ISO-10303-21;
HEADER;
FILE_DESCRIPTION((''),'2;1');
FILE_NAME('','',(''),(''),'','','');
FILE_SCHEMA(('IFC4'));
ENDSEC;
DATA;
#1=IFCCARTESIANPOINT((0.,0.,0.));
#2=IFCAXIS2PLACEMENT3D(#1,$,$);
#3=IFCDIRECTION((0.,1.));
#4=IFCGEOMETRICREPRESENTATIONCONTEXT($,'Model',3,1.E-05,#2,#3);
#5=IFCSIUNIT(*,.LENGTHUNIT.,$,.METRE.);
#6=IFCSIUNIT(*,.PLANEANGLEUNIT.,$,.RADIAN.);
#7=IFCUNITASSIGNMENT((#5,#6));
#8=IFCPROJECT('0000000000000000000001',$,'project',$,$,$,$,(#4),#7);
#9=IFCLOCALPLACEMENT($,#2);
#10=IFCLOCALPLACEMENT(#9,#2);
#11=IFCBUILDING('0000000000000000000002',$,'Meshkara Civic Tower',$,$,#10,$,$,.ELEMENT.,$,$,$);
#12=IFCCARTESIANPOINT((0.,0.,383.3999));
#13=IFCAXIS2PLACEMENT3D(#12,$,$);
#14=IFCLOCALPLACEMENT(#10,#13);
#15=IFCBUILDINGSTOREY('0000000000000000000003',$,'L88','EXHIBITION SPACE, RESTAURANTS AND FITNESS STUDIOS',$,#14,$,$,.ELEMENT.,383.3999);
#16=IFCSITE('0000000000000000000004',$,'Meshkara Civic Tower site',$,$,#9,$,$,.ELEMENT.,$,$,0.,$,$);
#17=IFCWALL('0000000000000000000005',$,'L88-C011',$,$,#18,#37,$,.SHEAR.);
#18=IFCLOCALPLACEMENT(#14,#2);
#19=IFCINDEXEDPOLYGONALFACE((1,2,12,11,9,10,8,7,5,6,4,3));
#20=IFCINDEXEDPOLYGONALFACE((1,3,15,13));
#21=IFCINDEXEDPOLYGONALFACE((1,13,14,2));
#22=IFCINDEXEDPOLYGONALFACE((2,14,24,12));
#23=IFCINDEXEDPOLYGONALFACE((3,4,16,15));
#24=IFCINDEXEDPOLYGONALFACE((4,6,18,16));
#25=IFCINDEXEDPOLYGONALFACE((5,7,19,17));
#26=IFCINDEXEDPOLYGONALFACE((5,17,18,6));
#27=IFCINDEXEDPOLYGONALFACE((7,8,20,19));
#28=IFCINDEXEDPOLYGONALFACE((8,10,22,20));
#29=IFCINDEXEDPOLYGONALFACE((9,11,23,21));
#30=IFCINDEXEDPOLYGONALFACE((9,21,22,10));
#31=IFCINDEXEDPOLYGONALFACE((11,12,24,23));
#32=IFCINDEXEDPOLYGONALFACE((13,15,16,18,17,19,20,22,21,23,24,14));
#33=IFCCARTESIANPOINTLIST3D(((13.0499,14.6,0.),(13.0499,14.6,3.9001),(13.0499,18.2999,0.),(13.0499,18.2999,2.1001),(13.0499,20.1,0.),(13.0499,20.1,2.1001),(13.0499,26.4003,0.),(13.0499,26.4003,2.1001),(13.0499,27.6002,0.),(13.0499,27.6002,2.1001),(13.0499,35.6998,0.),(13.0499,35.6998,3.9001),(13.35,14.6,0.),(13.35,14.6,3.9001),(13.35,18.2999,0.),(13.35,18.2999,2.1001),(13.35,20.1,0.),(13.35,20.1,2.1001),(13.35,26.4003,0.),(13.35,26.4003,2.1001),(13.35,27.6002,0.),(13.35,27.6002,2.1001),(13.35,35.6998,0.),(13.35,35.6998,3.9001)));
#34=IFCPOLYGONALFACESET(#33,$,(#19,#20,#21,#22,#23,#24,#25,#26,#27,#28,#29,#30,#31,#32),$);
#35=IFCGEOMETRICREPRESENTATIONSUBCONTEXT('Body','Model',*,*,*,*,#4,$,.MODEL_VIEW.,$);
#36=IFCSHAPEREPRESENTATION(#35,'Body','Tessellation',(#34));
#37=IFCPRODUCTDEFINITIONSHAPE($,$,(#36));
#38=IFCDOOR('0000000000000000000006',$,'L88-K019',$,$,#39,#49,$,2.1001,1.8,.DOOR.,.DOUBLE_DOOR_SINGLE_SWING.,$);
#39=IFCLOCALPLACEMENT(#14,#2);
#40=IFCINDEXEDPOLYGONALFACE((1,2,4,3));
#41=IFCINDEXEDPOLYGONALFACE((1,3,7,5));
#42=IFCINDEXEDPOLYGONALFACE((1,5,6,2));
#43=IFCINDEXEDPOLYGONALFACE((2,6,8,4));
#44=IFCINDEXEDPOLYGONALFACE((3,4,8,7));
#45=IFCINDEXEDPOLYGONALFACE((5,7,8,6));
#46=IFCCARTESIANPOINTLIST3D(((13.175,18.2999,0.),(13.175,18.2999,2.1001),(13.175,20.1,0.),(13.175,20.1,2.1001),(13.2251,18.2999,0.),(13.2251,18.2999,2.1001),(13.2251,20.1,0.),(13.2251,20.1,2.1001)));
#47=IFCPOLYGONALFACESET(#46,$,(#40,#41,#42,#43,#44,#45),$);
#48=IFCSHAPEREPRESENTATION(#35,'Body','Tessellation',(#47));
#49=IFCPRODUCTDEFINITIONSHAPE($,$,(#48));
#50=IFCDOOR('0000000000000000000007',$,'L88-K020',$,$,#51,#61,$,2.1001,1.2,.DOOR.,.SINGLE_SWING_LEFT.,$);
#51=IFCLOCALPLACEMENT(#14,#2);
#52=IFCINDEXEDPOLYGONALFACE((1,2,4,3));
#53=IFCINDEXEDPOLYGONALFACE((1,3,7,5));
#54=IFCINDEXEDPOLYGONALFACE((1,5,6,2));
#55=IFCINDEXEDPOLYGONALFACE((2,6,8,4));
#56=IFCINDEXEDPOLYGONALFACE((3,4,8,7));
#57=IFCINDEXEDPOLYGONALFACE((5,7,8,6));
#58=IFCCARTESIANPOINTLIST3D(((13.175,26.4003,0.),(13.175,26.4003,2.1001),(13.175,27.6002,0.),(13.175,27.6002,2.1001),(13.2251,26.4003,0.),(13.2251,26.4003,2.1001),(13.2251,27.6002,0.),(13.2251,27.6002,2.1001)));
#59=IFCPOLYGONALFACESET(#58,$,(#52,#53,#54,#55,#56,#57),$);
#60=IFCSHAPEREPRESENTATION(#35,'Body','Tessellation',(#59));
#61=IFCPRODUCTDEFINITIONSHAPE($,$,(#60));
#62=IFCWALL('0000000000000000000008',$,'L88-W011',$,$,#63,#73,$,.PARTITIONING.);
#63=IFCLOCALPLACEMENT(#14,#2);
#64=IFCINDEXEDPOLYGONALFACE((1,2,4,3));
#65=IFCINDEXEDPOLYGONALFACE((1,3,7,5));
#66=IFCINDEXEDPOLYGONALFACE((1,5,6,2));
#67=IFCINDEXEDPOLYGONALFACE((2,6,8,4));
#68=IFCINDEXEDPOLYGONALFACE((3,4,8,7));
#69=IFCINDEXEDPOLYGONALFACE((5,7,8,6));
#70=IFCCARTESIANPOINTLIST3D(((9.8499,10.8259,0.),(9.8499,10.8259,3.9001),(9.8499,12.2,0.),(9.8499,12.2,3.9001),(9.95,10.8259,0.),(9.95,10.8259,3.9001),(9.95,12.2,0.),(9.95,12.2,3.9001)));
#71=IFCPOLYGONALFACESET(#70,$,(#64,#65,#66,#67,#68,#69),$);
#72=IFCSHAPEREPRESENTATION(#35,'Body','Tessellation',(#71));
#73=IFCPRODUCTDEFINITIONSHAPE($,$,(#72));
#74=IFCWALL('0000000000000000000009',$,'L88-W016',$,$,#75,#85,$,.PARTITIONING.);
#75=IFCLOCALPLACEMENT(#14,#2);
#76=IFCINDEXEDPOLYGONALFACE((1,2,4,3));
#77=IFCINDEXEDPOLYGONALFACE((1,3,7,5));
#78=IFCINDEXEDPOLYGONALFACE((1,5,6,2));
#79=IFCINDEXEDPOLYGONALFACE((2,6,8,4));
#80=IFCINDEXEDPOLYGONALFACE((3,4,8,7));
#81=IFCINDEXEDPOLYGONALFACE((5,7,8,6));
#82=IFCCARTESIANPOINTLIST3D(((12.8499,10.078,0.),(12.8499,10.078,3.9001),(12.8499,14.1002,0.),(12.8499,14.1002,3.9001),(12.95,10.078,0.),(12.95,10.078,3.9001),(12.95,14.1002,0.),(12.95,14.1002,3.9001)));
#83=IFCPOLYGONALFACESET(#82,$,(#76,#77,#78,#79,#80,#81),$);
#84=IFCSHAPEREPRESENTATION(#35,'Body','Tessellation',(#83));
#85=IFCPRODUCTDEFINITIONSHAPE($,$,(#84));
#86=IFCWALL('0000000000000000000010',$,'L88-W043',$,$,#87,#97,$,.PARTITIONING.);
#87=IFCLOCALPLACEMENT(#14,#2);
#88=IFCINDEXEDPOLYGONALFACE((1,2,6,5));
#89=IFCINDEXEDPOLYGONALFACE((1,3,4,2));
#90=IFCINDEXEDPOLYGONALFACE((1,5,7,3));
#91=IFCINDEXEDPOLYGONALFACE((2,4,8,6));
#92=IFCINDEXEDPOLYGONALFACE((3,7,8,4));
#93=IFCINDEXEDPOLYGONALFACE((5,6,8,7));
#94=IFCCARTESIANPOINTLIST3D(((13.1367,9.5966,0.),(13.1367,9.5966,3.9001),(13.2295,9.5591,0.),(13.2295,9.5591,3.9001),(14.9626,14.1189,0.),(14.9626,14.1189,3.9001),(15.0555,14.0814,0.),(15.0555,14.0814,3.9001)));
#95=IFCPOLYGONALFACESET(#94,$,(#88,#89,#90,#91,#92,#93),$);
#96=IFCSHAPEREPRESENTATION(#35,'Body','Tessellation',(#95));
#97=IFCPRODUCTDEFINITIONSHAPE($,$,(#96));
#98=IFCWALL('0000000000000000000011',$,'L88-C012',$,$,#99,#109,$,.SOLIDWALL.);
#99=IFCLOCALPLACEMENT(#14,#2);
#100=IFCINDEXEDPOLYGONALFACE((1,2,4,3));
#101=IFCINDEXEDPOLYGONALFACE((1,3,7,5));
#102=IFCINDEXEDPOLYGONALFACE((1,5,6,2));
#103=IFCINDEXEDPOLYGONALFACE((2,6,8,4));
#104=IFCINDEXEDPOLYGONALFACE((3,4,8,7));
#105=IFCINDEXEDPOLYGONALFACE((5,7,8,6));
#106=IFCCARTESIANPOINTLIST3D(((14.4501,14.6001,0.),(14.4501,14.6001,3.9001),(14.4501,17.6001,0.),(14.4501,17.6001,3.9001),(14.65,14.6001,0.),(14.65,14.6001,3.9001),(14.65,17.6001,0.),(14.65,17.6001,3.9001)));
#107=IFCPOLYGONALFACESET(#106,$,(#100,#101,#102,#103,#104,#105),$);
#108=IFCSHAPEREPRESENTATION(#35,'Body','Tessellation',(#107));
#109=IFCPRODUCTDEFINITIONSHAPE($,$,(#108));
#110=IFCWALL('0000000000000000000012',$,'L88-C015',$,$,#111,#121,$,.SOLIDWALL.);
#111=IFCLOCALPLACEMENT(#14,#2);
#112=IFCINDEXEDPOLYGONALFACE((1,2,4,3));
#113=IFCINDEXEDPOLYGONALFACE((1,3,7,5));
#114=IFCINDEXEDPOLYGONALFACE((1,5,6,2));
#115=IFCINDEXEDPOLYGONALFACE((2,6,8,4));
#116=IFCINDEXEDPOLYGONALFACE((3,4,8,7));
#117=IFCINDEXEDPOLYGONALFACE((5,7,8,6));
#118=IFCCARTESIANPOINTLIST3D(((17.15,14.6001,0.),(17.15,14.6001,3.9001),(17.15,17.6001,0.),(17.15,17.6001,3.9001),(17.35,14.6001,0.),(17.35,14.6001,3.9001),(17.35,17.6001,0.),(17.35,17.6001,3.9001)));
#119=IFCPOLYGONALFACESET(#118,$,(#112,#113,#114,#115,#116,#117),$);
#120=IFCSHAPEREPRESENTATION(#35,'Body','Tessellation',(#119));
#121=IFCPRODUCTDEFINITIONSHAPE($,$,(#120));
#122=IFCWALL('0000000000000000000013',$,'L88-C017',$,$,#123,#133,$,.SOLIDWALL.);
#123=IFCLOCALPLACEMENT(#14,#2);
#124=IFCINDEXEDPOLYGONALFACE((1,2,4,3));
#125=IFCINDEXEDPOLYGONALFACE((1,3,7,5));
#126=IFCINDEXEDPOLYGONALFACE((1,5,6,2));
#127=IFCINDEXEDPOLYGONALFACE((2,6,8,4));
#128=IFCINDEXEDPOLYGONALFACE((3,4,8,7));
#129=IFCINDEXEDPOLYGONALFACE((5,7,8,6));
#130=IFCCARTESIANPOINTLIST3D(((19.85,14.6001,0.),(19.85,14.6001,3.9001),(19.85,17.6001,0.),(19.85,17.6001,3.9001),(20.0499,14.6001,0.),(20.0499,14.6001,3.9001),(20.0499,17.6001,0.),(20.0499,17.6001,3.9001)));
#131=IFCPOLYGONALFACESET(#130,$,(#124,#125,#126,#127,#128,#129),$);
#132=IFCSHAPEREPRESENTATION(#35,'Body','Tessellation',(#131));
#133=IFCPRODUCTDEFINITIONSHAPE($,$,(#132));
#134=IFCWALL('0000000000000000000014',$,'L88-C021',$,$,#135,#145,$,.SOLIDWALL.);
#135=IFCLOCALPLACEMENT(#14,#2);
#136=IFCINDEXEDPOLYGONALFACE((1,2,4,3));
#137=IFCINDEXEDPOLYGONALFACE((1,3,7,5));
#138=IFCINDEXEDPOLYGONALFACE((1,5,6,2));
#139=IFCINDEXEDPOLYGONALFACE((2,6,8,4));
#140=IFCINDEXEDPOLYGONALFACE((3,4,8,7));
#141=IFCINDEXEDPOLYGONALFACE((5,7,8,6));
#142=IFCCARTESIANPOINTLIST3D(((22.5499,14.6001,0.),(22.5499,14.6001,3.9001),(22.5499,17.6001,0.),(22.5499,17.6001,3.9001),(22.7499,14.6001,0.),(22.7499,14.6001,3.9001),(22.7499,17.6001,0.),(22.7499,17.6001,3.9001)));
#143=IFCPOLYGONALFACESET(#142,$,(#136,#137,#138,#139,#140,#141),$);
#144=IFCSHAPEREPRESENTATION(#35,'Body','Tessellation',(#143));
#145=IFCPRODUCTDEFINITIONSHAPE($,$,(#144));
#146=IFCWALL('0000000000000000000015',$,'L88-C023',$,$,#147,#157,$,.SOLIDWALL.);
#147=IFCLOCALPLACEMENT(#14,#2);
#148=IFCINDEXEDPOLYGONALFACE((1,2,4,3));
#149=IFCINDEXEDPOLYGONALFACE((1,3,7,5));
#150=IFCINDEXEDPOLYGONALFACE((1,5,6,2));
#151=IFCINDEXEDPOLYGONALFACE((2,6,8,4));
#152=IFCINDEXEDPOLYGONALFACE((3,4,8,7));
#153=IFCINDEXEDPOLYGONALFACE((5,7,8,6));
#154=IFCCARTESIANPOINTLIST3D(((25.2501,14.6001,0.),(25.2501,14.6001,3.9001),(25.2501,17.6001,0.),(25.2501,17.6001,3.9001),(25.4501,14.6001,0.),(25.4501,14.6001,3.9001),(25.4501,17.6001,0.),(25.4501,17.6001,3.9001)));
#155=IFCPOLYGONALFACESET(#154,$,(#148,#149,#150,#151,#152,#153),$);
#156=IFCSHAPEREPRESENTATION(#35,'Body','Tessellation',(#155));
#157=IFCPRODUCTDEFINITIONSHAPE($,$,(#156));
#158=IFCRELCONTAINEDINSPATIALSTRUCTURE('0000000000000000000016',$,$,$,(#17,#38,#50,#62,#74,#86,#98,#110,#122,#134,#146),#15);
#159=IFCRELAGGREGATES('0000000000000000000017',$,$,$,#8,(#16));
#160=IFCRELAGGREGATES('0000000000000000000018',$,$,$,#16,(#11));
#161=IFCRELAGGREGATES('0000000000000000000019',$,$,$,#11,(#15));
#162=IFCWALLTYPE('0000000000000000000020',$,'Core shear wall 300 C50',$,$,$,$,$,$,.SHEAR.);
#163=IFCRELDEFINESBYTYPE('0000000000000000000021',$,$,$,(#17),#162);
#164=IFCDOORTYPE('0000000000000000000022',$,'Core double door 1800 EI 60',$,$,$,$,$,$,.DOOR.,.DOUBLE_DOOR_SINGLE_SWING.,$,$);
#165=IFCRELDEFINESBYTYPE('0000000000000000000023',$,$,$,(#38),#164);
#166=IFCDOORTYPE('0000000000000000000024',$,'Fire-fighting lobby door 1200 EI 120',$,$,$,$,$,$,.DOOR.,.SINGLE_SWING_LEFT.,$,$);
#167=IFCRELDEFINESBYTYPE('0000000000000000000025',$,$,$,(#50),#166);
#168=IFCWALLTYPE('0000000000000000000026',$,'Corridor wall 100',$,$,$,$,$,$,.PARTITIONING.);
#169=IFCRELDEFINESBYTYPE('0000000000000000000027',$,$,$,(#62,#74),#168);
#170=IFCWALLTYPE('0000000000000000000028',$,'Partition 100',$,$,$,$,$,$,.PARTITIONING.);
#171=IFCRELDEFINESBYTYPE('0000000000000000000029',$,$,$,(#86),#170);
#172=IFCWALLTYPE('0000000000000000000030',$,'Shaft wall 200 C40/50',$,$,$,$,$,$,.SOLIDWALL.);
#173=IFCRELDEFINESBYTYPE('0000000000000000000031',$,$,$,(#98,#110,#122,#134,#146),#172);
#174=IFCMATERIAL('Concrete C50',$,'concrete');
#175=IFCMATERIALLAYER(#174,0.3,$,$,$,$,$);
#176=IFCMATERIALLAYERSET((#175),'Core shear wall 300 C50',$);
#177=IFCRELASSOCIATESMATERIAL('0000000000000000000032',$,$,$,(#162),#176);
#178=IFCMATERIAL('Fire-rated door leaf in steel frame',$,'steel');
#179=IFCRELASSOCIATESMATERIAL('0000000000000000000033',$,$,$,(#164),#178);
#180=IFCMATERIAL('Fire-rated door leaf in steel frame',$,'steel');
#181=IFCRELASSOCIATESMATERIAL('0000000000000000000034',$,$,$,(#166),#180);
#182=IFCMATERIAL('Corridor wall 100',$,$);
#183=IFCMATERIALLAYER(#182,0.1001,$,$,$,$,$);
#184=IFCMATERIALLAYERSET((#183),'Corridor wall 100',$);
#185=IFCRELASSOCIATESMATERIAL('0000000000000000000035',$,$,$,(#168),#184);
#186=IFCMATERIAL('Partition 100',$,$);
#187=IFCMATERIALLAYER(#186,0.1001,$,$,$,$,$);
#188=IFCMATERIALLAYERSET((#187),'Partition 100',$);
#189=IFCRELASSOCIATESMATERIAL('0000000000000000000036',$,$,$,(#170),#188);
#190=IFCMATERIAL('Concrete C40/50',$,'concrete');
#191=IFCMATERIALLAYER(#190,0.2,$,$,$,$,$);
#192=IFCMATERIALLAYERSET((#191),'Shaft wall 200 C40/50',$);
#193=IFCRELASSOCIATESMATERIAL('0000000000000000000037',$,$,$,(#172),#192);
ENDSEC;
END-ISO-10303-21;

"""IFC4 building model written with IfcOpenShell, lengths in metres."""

from ifc_helpers import new_model, si_unit, direction, frame, frame_2d, origin, place, context, subcontext, project, spatial, rectangle, extrude, material, layer, layer_set, type_object, element, fill, save


model = new_model("IFC4")

# Units and contexts
model_context = context("Model", 3, precision=1e-05, world=origin(), true_north=direction((0.0, 1.0)))
body_context = subcontext(model_context, "Body", "Model", "MODEL_VIEW")
ifc_project = project(units=[si_unit("LENGTHUNIT", "METRE"), si_unit("PLANEANGLEUNIT", "RADIAN")], contexts=[model_context])

# Site, building, storey
site_placement = place(None, origin())
site = spatial("IfcSite", under=ifc_project, at=site_placement, Name="Meshkara Civic Tower site", CompositionType="ELEMENT", RefElevation=0.0)
building_placement = place(site_placement, origin())
building = spatial("IfcBuilding", under=site, at=building_placement, Name="Meshkara Civic Tower", CompositionType="ELEMENT")
storey_placement = place(building_placement, frame((0.0, 0.0, 383.3999)))
storey = spatial("IfcBuildingStorey", under=building, at=storey_placement, Name="L88", Description="EXHIBITION SPACE, RESTAURANTS AND FITNESS STUDIOS", CompositionType="ELEMENT", Elevation=383.3999)

# Wall, openings, doors
ifc_material_1 = material(Name="Concrete C50", Category="concrete")
ifc_layer_1 = layer(ifc_material_1, 0.3)
ifc_layer_set_1 = layer_set([ifc_layer_1], Name="Core shear wall 300 C50")
wall_type_1 = type_object("IfcWallType", Name="Core shear wall 300 C50", PredefinedType="SHEAR", material=ifc_layer_set_1)
wall_1_placement = place(storey_placement, frame((13.2, 14.6001, 0.0), z_axis=(0.0, 0.0, 1.0), x_axis=(0.0, 1.0, 0.0)))
wall_1 = element("IfcWall", 1, at=wall_1_placement, inside=storey, type_object=wall_type_1, Name="L88-C011", PredefinedType="SHEAR", context=body_context, shape_type="SweptSolid", body=[
    extrude(rectangle(XDim=21.0999, YDim=0.3, at=frame_2d((10.5498, 0.0))), origin(), (0.0, 0.0, 1.0), 3.9001),
])
opening_1_placement = place(wall_1_placement, frame((3.7, 0.0, 0.0)))
opening_1 = element("IfcOpeningElement", 2, at=opening_1_placement, cuts=wall_1, PredefinedType="OPENING", context=body_context, shape_type="SweptSolid", body=[
    extrude(rectangle(XDim=1.8, YDim=2.1001, at=frame_2d((0.8999, 1.05))), frame((0.0, 0.1599, 0.0), z_axis=(0.0, -1.0, 0.0), x_axis=(1.0, 0.0, 0.0)), (0.0, 0.0, 1.0), 0.3201),
])
opening_2_placement = place(wall_1_placement, frame((11.8, 0.0, 0.0)))
opening_2 = element("IfcOpeningElement", 3, at=opening_2_placement, cuts=wall_1, PredefinedType="OPENING", context=body_context, shape_type="SweptSolid", body=[
    extrude(rectangle(XDim=1.2, YDim=2.1001, at=frame_2d((0.6001, 1.05))), frame((0.0, 0.1599, 0.0), z_axis=(0.0, -1.0, 0.0), x_axis=(1.0, 0.0, 0.0)), (0.0, 0.0, 1.0), 0.3201),
])
ifc_material_2 = material(Name="Fire-rated door leaf in steel frame", Category="steel")
door_type_1 = type_object("IfcDoorType", Name="Core double door 1800 EI 60", OperationType="DOUBLE_DOOR_SINGLE_SWING", PredefinedType="DOOR", material=ifc_material_2)
door_1_placement = place(opening_1_placement, origin())
door_1 = element("IfcDoor", 4, at=door_1_placement, inside=storey, type_object=door_type_1, Name="L88-K019", OperationType="DOUBLE_DOOR_SINGLE_SWING", OverallHeight=2.1001, OverallWidth=1.8, PredefinedType="DOOR", context=body_context, shape_type="SweptSolid", body=[
    extrude(rectangle(XDim=1.8, YDim=2.1001, at=frame_2d((0.8999, 1.05))), frame((0.0, 0.0249, 0.0), z_axis=(0.0, -1.0, 0.0), x_axis=(1.0, 0.0, 0.0)), (0.0, 0.0, 1.0), 0.05),
])
fill(opening_1, door_1)
ifc_material_3 = material(Name="Fire-rated door leaf in steel frame", Category="steel")
door_type_2 = type_object("IfcDoorType", Name="Fire-fighting lobby door 1200 EI 120", OperationType="SINGLE_SWING_LEFT", PredefinedType="DOOR", material=ifc_material_3)
door_2_placement = place(opening_2_placement, origin())
door_2 = element("IfcDoor", 5, at=door_2_placement, inside=storey, type_object=door_type_2, Name="L88-K020", OperationType="SINGLE_SWING_LEFT", OverallHeight=2.1001, OverallWidth=1.2, PredefinedType="DOOR", context=body_context, shape_type="SweptSolid", body=[
    extrude(rectangle(XDim=1.2, YDim=2.1001, at=frame_2d((0.6001, 1.05))), frame((0.0, 0.0249, 0.0), z_axis=(0.0, -1.0, 0.0), x_axis=(1.0, 0.0, 0.0)), (0.0, 0.0, 1.0), 0.05),
])
fill(opening_2, door_2)

# Walls
ifc_material_4 = material(Name="Corridor wall 100")
ifc_layer_2 = layer(ifc_material_4, 0.1001)
ifc_layer_set_2 = layer_set([ifc_layer_2], Name="Corridor wall 100")
wall_type_2 = type_object("IfcWallType", Name="Corridor wall 100", PredefinedType="PARTITIONING", material=ifc_layer_set_2)
wall_2_placement = place(storey_placement, frame((9.8999, 12.2, 0.0), z_axis=(0.0, 0.0, 1.0), x_axis=(0.0, -1.0, 0.0)))
element("IfcWall", 6, at=wall_2_placement, inside=storey, type_object=wall_type_2, Name="L88-W011", PredefinedType="PARTITIONING", context=body_context, shape_type="SweptSolid", body=[
    extrude(rectangle(XDim=1.374, YDim=0.1001, at=frame_2d((0.687, 0.0))), origin(), (0.0, 0.0, 1.0), 3.9001),
])
wall_3_placement = place(storey_placement, frame((12.8999, 10.0779, 0.0), z_axis=(0.0, 0.0, 1.0), x_axis=(0.0, 1.0, 0.0)))
element("IfcWall", 7, at=wall_3_placement, inside=storey, type_object=wall_type_2, Name="L88-W016", PredefinedType="PARTITIONING", context=body_context, shape_type="SweptSolid", body=[
    extrude(rectangle(XDim=4.0222, YDim=0.1001, at=frame_2d((2.0112, 0.0))), origin(), (0.0, 0.0, 1.0), 3.9001),
])
ifc_material_5 = material(Name="Partition 100")
ifc_layer_3 = layer(ifc_material_5, 0.1001)
ifc_layer_set_3 = layer_set([ifc_layer_3], Name="Partition 100")
wall_type_3 = type_object("IfcWallType", Name="Partition 100", PredefinedType="PARTITIONING", material=ifc_layer_set_3)
wall_4_placement = place(storey_placement, frame((13.1831, 9.5779, 0.0), z_axis=(0.0, 0.0, 1.0), x_axis=(0.374401, 0.927267, 0.0)))
element("IfcWall", 8, at=wall_4_placement, inside=storey, type_object=wall_type_3, Name="L88-W043", PredefinedType="PARTITIONING", context=body_context, shape_type="SweptSolid", body=[
    extrude(rectangle(XDim=4.877, YDim=0.1001, at=frame_2d((2.4385, 0.0))), origin(), (0.0, 0.0, 1.0), 3.9001),
])
ifc_material_6 = material(Name="Concrete C40/50", Category="concrete")
ifc_layer_4 = layer(ifc_material_6, 0.2)
ifc_layer_set_4 = layer_set([ifc_layer_4], Name="Shaft wall 200 C40/50")
wall_type_4 = type_object("IfcWallType", Name="Shaft wall 200 C40/50", PredefinedType="SOLIDWALL", material=ifc_layer_set_4)
for number, where, z_axis, x_axis, name in (
    (9, (14.55, 14.6001, 0.0), (0.0, 0.0, 1.0), (0.0, 1.0, 0.0), "L88-C012"),
    (10, (17.25, 14.6001, 0.0), (0.0, 0.0, 1.0), (0.0, 1.0, 0.0), "L88-C015"),
    (11, (19.95, 14.6001, 0.0), (0.0, 0.0, 1.0), (0.0, 1.0, 0.0), "L88-C017"),
    (12, (22.6499, 14.6001, 0.0), (0.0, 0.0, 1.0), (0.0, 1.0, 0.0), "L88-C021"),
    (13, (25.3501, 14.6001, 0.0), (0.0, 0.0, 1.0), (0.0, 1.0, 0.0), "L88-C023"),
):
    element("IfcWall", number, at=place(storey_placement, frame(where, z_axis=z_axis, x_axis=x_axis)), inside=storey, type_object=wall_type_4, Name=name, PredefinedType="SOLIDWALL", context=body_context, shape_type="SweptSolid", body=[
        extrude(rectangle(XDim=3.0, YDim=0.2, at=frame_2d((1.5, 0.0))), origin(), (0.0, 0.0, 1.0), 3.9001),
    ])

save(model, "model.ifc")
